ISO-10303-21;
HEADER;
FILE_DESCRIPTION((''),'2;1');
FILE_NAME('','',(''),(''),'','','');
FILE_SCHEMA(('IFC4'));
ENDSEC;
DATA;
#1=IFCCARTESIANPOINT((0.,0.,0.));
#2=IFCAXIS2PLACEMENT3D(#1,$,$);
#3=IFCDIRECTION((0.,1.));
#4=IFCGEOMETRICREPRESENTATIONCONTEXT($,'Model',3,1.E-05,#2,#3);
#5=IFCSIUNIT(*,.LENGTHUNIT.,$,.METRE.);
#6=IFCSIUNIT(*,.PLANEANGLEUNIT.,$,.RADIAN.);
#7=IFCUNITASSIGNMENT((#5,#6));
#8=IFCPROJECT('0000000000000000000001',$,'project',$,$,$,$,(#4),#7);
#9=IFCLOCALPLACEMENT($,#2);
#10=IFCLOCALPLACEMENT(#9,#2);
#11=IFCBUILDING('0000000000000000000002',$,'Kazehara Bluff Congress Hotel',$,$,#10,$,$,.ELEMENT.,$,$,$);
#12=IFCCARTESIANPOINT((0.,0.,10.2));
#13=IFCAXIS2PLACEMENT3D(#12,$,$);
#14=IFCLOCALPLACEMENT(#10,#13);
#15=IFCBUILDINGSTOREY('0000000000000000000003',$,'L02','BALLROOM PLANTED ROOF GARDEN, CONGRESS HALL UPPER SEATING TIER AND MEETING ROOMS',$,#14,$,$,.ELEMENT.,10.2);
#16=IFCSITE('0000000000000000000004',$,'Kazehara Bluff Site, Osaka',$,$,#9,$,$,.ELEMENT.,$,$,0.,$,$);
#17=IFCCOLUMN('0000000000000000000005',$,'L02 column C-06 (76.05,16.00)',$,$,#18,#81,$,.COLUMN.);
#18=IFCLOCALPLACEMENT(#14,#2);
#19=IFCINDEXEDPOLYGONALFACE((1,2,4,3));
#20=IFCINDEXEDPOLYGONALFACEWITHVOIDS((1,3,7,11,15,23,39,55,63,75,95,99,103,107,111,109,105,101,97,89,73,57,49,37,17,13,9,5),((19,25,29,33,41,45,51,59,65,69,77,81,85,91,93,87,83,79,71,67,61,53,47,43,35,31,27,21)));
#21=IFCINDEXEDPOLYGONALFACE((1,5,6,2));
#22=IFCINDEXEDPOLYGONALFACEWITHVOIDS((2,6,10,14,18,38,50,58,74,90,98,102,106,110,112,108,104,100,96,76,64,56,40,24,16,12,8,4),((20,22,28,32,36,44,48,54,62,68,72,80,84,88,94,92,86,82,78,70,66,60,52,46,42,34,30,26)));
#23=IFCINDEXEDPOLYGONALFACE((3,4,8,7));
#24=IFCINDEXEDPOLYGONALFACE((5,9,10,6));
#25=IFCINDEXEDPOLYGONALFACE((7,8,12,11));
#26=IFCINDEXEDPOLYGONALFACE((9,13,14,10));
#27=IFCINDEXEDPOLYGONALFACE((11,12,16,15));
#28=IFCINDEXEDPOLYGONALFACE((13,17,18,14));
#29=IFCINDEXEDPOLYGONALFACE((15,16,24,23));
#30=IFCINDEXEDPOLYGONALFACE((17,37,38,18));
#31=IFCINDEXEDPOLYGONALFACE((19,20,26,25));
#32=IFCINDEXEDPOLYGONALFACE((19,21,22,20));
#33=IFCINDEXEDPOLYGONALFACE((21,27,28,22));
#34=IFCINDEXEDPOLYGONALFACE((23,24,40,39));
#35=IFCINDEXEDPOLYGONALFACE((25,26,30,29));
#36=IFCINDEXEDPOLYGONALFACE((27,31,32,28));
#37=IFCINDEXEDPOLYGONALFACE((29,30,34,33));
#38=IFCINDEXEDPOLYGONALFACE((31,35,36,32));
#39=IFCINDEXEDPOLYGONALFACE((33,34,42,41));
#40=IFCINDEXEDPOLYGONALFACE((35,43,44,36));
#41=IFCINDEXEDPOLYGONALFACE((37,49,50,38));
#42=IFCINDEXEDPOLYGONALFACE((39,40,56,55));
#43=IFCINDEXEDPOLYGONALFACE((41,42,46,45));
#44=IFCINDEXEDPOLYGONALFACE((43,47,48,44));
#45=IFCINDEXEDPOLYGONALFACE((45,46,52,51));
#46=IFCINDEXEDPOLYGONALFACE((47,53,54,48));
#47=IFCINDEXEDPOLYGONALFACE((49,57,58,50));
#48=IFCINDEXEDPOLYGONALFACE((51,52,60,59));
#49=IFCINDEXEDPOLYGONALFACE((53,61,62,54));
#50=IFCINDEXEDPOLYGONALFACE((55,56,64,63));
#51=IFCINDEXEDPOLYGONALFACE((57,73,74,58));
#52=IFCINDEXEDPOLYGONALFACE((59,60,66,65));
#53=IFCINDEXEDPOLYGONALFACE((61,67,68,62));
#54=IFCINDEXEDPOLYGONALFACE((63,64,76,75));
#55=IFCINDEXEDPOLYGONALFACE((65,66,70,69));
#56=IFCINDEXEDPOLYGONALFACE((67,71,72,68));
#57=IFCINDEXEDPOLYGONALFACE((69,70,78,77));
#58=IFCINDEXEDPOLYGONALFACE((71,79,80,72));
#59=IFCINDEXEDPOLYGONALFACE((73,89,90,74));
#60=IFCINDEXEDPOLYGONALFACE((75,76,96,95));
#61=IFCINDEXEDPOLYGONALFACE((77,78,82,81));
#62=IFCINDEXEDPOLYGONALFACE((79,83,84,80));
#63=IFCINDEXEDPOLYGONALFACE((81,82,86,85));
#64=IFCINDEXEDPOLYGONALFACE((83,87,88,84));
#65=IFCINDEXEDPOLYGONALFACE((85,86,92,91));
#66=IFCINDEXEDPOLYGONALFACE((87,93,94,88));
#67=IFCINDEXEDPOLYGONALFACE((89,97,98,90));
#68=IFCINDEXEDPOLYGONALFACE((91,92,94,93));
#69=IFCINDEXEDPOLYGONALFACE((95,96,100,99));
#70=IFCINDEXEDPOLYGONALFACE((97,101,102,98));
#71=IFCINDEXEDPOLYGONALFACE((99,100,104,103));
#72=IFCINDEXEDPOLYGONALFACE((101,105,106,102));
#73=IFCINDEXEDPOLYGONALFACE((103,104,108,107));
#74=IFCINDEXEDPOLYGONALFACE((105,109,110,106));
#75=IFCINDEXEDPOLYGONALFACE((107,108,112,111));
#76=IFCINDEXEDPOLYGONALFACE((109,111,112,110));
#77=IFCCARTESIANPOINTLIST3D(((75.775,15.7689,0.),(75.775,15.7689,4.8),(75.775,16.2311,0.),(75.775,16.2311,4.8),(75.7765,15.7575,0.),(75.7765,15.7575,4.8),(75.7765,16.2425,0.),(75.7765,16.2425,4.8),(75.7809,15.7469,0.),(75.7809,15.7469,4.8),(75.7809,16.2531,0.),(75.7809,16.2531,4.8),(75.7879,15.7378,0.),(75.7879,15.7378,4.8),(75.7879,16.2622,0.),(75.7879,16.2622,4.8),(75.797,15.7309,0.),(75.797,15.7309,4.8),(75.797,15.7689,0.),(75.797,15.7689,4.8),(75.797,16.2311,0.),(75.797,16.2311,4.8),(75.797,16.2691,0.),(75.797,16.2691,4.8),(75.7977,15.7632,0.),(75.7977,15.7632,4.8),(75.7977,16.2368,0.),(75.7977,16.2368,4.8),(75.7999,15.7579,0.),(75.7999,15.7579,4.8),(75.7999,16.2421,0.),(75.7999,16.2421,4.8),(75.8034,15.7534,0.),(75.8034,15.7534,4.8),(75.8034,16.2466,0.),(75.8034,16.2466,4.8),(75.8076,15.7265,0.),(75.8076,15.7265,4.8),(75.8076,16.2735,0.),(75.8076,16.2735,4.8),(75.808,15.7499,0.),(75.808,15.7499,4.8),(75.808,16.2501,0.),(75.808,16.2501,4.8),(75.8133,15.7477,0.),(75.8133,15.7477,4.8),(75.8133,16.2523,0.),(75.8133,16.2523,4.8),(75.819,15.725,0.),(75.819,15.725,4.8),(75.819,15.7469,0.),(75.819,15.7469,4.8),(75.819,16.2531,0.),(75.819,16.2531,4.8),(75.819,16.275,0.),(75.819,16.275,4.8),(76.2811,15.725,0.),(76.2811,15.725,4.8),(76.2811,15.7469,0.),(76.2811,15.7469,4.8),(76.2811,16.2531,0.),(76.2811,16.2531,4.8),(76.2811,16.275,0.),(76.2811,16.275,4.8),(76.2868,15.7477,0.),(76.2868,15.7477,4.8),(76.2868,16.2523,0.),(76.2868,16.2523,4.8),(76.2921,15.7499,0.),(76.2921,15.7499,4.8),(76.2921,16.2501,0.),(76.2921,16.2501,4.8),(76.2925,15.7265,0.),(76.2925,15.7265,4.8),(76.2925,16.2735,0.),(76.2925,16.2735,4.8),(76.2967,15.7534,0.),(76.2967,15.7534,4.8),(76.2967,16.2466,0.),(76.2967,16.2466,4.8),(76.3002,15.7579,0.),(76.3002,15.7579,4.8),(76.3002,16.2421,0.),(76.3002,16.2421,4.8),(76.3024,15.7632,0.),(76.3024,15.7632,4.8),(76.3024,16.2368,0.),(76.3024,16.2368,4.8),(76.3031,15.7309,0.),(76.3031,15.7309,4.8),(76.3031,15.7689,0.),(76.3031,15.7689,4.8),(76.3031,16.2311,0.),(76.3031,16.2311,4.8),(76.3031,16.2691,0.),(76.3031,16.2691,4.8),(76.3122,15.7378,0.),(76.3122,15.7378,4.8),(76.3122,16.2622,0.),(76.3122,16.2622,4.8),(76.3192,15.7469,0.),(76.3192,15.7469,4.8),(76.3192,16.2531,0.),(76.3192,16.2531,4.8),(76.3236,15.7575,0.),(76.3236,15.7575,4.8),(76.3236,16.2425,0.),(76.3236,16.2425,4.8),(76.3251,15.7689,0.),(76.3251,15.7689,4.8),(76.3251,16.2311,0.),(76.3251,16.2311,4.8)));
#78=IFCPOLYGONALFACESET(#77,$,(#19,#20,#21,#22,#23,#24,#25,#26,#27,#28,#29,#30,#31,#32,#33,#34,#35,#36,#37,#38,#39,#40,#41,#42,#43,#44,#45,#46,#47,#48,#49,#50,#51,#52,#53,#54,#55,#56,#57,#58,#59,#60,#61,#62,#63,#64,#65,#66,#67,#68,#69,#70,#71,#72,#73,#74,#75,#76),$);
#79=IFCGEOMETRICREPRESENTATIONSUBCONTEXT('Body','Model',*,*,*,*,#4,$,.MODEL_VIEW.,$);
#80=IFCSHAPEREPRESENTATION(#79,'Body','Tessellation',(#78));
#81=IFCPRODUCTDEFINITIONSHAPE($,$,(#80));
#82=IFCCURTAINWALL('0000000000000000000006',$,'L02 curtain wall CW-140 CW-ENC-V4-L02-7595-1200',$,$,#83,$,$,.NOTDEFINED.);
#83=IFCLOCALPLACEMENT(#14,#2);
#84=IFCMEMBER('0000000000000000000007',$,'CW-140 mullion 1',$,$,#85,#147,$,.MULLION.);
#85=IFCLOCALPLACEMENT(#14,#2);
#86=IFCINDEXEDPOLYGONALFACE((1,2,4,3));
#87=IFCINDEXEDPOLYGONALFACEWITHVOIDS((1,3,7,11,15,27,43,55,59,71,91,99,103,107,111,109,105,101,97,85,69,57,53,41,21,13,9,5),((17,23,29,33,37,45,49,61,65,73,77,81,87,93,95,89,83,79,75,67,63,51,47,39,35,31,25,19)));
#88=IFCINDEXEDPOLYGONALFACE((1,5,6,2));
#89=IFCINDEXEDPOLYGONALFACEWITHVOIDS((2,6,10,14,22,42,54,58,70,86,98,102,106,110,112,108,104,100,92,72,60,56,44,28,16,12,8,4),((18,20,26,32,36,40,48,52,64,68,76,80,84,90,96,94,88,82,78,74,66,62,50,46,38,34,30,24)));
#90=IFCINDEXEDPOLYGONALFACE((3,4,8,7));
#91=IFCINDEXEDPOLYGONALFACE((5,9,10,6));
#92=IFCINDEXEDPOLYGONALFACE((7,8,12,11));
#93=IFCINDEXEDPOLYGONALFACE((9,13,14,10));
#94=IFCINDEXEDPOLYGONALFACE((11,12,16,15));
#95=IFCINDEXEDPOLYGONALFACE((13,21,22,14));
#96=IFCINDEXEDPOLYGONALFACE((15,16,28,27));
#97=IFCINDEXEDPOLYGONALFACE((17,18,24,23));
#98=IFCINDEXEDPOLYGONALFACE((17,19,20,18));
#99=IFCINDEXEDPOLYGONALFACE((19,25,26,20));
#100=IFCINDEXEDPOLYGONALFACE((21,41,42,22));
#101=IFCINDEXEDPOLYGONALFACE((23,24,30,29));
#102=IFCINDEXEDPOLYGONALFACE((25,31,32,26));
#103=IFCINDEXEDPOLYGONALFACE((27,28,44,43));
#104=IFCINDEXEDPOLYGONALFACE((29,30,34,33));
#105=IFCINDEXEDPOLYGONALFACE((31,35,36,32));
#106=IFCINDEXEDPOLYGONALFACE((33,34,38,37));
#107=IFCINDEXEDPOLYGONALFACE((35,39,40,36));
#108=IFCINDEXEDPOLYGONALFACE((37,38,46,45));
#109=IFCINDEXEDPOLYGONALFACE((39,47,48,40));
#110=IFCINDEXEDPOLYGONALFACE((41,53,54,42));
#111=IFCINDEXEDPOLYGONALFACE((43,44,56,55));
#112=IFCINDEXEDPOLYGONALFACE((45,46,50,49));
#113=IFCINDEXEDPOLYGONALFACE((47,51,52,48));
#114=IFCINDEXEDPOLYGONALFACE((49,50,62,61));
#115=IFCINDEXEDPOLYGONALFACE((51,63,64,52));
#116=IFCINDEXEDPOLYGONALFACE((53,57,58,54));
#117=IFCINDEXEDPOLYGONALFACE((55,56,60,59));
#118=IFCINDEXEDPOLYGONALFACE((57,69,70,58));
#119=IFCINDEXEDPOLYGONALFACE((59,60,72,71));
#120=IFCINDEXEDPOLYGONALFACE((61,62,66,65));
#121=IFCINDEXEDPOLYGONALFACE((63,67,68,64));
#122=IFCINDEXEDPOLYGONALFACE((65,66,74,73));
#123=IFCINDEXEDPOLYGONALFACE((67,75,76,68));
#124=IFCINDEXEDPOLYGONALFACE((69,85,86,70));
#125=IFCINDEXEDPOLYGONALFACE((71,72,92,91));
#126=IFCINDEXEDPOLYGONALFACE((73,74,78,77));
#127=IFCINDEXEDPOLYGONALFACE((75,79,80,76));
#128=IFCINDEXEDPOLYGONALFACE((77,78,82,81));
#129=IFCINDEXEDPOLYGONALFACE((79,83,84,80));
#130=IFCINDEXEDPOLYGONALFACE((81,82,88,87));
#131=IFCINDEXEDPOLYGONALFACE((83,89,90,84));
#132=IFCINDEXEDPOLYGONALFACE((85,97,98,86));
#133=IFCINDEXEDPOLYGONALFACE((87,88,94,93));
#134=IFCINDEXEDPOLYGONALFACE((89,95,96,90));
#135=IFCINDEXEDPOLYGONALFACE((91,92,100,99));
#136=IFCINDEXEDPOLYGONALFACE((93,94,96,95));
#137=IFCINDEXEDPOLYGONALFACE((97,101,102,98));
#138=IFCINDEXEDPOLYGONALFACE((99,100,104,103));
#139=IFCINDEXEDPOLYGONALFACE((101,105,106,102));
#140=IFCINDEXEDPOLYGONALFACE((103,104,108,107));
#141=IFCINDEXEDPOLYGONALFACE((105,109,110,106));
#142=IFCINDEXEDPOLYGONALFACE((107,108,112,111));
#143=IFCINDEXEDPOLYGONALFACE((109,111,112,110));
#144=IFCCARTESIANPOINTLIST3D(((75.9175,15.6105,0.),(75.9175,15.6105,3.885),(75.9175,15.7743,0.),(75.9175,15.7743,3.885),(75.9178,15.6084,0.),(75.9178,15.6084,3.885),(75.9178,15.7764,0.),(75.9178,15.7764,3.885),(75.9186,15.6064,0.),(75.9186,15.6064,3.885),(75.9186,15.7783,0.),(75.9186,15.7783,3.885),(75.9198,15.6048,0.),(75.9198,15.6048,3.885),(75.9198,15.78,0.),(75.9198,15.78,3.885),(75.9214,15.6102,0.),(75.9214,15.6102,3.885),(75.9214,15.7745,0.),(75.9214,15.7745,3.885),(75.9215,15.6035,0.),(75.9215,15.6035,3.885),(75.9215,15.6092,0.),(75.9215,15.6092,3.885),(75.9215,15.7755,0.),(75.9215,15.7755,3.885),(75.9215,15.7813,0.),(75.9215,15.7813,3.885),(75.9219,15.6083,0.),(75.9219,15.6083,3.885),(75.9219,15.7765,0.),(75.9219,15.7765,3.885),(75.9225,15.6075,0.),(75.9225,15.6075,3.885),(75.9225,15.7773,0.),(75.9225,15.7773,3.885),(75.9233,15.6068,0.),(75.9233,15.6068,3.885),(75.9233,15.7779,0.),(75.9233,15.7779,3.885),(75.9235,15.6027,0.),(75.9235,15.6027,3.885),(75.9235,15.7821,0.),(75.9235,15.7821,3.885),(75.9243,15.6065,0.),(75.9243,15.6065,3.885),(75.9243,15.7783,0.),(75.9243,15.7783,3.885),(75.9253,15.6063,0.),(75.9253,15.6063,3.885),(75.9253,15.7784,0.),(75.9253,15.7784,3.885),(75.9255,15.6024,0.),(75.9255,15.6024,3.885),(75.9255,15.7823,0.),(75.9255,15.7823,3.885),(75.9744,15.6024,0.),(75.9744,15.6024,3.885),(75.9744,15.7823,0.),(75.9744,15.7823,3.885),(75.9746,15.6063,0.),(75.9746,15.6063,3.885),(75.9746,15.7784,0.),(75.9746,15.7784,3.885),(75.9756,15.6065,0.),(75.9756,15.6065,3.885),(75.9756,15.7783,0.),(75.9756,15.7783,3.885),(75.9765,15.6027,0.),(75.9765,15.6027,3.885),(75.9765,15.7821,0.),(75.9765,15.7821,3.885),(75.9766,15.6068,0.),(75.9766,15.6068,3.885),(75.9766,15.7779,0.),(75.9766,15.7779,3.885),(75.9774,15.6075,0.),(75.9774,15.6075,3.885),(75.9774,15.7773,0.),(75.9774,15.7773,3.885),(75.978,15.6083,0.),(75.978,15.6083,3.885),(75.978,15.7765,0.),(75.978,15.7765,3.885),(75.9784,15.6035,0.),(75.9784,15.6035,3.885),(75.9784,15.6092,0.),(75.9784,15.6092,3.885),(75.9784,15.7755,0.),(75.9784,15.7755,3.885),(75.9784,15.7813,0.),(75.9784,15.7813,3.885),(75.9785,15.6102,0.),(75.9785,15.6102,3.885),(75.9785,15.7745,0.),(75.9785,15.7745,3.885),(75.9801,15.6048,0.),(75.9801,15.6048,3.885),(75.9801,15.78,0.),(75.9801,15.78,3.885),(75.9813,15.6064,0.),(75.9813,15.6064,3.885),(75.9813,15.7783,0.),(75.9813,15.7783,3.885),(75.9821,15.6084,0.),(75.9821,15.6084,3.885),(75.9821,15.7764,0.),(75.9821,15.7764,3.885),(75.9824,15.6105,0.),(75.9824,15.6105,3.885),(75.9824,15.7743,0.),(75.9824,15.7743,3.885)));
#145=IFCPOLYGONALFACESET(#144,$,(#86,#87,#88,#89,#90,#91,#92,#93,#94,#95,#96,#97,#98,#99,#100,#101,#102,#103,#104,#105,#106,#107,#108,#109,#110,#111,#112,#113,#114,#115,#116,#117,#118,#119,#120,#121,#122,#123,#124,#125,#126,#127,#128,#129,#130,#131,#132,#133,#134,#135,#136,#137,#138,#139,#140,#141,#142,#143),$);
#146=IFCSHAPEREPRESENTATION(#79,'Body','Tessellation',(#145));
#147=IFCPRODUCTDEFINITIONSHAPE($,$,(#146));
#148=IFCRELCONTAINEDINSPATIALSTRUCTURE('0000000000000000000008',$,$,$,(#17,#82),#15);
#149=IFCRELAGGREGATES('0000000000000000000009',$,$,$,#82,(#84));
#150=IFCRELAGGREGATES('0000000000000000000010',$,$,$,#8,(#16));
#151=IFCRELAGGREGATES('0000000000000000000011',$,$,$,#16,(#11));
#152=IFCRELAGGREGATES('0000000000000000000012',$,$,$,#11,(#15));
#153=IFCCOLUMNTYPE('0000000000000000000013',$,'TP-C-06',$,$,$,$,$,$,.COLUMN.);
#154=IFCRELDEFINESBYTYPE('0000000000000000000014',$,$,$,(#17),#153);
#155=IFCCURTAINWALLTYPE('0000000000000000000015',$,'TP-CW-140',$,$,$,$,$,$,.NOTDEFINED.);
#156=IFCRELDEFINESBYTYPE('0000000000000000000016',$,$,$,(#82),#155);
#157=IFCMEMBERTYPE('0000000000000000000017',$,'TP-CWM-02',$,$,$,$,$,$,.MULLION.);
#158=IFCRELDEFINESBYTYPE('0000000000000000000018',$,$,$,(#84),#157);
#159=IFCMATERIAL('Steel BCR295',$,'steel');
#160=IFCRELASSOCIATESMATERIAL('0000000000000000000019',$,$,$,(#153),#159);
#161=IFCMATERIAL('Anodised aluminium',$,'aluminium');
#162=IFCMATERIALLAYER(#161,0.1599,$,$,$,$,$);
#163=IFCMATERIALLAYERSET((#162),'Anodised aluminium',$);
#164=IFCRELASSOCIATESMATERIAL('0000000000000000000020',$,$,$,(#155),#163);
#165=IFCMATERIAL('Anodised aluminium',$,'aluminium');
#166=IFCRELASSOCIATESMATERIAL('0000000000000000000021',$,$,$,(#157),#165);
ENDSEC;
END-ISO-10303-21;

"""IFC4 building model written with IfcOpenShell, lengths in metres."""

from ifc_helpers import new_model, si_unit, direction, frame, origin, origin_2d, place, context, subcontext, project, spatial, hollow_rectangle, extrude, material, layer, layer_set, material_profile, profile_set, type_object, element, aggregate, save


model = new_model("IFC4")

# Units and contexts
model_context = context("Model", 3, precision=1e-05, world=origin(), true_north=direction((0.0, 1.0)))
body_context = subcontext(model_context, "Body", "Model", "MODEL_VIEW")
ifc_project = project(units=[si_unit("LENGTHUNIT", "METRE"), si_unit("PLANEANGLEUNIT", "RADIAN")], contexts=[model_context])

# Site, building, storey
site_placement = place(None, origin())
site = spatial("IfcSite", under=ifc_project, at=site_placement, Name="Kazehara Bluff Site, Osaka", CompositionType="ELEMENT", RefElevation=0.0)
building_placement = place(site_placement, origin())
building = spatial("IfcBuilding", under=site, at=building_placement, Name="Kazehara Bluff Congress Hotel", CompositionType="ELEMENT")
storey_placement = place(building_placement, frame((0.0, 0.0, 10.2)))
storey = spatial("IfcBuildingStorey", under=building, at=storey_placement, Name="L02", Description="BALLROOM PLANTED ROOF GARDEN, CONGRESS HALL UPPER SEATING TIER AND MEETING ROOMS", CompositionType="ELEMENT", Elevation=10.2)

# Column
ifc_material_1 = material(Name="Steel BCR295", Category="steel")
ifc_material_profile_1 = material_profile(ifc_material_1, hollow_rectangle(XDim=0.55, YDim=0.55, WallThickness=0.022, InnerFilletRadius=0.022, OuterFilletRadius=0.0439, at=origin_2d()))
ifc_profile_set_1 = profile_set([ifc_material_profile_1], Name="Steel BCR295")
column_type = type_object("IfcColumnType", Name="TP-C-06", PredefinedType="COLUMN", material=ifc_profile_set_1)
column_placement = place(storey_placement, frame((76.05, 16.0, 0.0), z_axis=(0.0, 0.0, 1.0), x_axis=(1.0, 0.0, 0.0)))
element("IfcColumn", 1, at=column_placement, inside=storey, type_object=column_type, Name="L02 column C-06 (76.05,16.00)", PredefinedType="COLUMN", context=body_context, shape_type="SweptSolid", body=[
    extrude(hollow_rectangle(XDim=0.55, YDim=0.55, WallThickness=0.022, InnerFilletRadius=0.022, OuterFilletRadius=0.0439, at=origin_2d()), origin(), (0.0, 0.0, 1.0), 4.8),
])

# Curtain wall, member
ifc_material_2 = material(Name="Anodised aluminium", Category="aluminium")
ifc_layer_1 = layer(ifc_material_2, 0.1599)
ifc_layer_set_1 = layer_set([ifc_layer_1], Name="Anodised aluminium")
curtain_wall_type_1 = type_object("IfcCurtainWallType", Name="TP-CW-140", PredefinedType="NOTDEFINED", material=ifc_layer_set_1)
curtain_wall_1_placement = place(storey_placement, origin())
curtain_wall_1 = element("IfcCurtainWall", 2, at=curtain_wall_1_placement, inside=storey, type_object=curtain_wall_type_1, Name="L02 curtain wall CW-140 CW-ENC-V4-L02-7595-1200", PredefinedType="NOTDEFINED")
ifc_material_3 = material(Name="Anodised aluminium", Category="aluminium")
ifc_material_profile_2 = material_profile(ifc_material_3, hollow_rectangle(XDim=0.0649, YDim=0.1799, WallThickness=0.0039, InnerFilletRadius=0.0039, OuterFilletRadius=0.0081, at=origin_2d()))
ifc_profile_set_2 = profile_set([ifc_material_profile_2], Name="Anodised aluminium")
member_type_1 = type_object("IfcMemberType", Name="TP-CWM-02", PredefinedType="MULLION", material=ifc_profile_set_2)
member_1_placement = place(storey_placement, frame((75.95, 15.6924, 0.0), z_axis=(0.0, 0.0, 1.0), x_axis=(1.0, 0.0, 0.0)))
member_1 = element("IfcMember", 3, at=member_1_placement, type_object=member_type_1, Name="CW-140 mullion 1", PredefinedType="MULLION", context=body_context, shape_type="SweptSolid", body=[
    extrude(hollow_rectangle(XDim=0.0649, YDim=0.1799, WallThickness=0.0039, InnerFilletRadius=0.0039, OuterFilletRadius=0.0081, at=origin_2d()), origin(), (0.0, 0.0, 1.0), 3.885),
])

aggregate(curtain_wall_1, [member_1])

save(model, "model.ifc")
